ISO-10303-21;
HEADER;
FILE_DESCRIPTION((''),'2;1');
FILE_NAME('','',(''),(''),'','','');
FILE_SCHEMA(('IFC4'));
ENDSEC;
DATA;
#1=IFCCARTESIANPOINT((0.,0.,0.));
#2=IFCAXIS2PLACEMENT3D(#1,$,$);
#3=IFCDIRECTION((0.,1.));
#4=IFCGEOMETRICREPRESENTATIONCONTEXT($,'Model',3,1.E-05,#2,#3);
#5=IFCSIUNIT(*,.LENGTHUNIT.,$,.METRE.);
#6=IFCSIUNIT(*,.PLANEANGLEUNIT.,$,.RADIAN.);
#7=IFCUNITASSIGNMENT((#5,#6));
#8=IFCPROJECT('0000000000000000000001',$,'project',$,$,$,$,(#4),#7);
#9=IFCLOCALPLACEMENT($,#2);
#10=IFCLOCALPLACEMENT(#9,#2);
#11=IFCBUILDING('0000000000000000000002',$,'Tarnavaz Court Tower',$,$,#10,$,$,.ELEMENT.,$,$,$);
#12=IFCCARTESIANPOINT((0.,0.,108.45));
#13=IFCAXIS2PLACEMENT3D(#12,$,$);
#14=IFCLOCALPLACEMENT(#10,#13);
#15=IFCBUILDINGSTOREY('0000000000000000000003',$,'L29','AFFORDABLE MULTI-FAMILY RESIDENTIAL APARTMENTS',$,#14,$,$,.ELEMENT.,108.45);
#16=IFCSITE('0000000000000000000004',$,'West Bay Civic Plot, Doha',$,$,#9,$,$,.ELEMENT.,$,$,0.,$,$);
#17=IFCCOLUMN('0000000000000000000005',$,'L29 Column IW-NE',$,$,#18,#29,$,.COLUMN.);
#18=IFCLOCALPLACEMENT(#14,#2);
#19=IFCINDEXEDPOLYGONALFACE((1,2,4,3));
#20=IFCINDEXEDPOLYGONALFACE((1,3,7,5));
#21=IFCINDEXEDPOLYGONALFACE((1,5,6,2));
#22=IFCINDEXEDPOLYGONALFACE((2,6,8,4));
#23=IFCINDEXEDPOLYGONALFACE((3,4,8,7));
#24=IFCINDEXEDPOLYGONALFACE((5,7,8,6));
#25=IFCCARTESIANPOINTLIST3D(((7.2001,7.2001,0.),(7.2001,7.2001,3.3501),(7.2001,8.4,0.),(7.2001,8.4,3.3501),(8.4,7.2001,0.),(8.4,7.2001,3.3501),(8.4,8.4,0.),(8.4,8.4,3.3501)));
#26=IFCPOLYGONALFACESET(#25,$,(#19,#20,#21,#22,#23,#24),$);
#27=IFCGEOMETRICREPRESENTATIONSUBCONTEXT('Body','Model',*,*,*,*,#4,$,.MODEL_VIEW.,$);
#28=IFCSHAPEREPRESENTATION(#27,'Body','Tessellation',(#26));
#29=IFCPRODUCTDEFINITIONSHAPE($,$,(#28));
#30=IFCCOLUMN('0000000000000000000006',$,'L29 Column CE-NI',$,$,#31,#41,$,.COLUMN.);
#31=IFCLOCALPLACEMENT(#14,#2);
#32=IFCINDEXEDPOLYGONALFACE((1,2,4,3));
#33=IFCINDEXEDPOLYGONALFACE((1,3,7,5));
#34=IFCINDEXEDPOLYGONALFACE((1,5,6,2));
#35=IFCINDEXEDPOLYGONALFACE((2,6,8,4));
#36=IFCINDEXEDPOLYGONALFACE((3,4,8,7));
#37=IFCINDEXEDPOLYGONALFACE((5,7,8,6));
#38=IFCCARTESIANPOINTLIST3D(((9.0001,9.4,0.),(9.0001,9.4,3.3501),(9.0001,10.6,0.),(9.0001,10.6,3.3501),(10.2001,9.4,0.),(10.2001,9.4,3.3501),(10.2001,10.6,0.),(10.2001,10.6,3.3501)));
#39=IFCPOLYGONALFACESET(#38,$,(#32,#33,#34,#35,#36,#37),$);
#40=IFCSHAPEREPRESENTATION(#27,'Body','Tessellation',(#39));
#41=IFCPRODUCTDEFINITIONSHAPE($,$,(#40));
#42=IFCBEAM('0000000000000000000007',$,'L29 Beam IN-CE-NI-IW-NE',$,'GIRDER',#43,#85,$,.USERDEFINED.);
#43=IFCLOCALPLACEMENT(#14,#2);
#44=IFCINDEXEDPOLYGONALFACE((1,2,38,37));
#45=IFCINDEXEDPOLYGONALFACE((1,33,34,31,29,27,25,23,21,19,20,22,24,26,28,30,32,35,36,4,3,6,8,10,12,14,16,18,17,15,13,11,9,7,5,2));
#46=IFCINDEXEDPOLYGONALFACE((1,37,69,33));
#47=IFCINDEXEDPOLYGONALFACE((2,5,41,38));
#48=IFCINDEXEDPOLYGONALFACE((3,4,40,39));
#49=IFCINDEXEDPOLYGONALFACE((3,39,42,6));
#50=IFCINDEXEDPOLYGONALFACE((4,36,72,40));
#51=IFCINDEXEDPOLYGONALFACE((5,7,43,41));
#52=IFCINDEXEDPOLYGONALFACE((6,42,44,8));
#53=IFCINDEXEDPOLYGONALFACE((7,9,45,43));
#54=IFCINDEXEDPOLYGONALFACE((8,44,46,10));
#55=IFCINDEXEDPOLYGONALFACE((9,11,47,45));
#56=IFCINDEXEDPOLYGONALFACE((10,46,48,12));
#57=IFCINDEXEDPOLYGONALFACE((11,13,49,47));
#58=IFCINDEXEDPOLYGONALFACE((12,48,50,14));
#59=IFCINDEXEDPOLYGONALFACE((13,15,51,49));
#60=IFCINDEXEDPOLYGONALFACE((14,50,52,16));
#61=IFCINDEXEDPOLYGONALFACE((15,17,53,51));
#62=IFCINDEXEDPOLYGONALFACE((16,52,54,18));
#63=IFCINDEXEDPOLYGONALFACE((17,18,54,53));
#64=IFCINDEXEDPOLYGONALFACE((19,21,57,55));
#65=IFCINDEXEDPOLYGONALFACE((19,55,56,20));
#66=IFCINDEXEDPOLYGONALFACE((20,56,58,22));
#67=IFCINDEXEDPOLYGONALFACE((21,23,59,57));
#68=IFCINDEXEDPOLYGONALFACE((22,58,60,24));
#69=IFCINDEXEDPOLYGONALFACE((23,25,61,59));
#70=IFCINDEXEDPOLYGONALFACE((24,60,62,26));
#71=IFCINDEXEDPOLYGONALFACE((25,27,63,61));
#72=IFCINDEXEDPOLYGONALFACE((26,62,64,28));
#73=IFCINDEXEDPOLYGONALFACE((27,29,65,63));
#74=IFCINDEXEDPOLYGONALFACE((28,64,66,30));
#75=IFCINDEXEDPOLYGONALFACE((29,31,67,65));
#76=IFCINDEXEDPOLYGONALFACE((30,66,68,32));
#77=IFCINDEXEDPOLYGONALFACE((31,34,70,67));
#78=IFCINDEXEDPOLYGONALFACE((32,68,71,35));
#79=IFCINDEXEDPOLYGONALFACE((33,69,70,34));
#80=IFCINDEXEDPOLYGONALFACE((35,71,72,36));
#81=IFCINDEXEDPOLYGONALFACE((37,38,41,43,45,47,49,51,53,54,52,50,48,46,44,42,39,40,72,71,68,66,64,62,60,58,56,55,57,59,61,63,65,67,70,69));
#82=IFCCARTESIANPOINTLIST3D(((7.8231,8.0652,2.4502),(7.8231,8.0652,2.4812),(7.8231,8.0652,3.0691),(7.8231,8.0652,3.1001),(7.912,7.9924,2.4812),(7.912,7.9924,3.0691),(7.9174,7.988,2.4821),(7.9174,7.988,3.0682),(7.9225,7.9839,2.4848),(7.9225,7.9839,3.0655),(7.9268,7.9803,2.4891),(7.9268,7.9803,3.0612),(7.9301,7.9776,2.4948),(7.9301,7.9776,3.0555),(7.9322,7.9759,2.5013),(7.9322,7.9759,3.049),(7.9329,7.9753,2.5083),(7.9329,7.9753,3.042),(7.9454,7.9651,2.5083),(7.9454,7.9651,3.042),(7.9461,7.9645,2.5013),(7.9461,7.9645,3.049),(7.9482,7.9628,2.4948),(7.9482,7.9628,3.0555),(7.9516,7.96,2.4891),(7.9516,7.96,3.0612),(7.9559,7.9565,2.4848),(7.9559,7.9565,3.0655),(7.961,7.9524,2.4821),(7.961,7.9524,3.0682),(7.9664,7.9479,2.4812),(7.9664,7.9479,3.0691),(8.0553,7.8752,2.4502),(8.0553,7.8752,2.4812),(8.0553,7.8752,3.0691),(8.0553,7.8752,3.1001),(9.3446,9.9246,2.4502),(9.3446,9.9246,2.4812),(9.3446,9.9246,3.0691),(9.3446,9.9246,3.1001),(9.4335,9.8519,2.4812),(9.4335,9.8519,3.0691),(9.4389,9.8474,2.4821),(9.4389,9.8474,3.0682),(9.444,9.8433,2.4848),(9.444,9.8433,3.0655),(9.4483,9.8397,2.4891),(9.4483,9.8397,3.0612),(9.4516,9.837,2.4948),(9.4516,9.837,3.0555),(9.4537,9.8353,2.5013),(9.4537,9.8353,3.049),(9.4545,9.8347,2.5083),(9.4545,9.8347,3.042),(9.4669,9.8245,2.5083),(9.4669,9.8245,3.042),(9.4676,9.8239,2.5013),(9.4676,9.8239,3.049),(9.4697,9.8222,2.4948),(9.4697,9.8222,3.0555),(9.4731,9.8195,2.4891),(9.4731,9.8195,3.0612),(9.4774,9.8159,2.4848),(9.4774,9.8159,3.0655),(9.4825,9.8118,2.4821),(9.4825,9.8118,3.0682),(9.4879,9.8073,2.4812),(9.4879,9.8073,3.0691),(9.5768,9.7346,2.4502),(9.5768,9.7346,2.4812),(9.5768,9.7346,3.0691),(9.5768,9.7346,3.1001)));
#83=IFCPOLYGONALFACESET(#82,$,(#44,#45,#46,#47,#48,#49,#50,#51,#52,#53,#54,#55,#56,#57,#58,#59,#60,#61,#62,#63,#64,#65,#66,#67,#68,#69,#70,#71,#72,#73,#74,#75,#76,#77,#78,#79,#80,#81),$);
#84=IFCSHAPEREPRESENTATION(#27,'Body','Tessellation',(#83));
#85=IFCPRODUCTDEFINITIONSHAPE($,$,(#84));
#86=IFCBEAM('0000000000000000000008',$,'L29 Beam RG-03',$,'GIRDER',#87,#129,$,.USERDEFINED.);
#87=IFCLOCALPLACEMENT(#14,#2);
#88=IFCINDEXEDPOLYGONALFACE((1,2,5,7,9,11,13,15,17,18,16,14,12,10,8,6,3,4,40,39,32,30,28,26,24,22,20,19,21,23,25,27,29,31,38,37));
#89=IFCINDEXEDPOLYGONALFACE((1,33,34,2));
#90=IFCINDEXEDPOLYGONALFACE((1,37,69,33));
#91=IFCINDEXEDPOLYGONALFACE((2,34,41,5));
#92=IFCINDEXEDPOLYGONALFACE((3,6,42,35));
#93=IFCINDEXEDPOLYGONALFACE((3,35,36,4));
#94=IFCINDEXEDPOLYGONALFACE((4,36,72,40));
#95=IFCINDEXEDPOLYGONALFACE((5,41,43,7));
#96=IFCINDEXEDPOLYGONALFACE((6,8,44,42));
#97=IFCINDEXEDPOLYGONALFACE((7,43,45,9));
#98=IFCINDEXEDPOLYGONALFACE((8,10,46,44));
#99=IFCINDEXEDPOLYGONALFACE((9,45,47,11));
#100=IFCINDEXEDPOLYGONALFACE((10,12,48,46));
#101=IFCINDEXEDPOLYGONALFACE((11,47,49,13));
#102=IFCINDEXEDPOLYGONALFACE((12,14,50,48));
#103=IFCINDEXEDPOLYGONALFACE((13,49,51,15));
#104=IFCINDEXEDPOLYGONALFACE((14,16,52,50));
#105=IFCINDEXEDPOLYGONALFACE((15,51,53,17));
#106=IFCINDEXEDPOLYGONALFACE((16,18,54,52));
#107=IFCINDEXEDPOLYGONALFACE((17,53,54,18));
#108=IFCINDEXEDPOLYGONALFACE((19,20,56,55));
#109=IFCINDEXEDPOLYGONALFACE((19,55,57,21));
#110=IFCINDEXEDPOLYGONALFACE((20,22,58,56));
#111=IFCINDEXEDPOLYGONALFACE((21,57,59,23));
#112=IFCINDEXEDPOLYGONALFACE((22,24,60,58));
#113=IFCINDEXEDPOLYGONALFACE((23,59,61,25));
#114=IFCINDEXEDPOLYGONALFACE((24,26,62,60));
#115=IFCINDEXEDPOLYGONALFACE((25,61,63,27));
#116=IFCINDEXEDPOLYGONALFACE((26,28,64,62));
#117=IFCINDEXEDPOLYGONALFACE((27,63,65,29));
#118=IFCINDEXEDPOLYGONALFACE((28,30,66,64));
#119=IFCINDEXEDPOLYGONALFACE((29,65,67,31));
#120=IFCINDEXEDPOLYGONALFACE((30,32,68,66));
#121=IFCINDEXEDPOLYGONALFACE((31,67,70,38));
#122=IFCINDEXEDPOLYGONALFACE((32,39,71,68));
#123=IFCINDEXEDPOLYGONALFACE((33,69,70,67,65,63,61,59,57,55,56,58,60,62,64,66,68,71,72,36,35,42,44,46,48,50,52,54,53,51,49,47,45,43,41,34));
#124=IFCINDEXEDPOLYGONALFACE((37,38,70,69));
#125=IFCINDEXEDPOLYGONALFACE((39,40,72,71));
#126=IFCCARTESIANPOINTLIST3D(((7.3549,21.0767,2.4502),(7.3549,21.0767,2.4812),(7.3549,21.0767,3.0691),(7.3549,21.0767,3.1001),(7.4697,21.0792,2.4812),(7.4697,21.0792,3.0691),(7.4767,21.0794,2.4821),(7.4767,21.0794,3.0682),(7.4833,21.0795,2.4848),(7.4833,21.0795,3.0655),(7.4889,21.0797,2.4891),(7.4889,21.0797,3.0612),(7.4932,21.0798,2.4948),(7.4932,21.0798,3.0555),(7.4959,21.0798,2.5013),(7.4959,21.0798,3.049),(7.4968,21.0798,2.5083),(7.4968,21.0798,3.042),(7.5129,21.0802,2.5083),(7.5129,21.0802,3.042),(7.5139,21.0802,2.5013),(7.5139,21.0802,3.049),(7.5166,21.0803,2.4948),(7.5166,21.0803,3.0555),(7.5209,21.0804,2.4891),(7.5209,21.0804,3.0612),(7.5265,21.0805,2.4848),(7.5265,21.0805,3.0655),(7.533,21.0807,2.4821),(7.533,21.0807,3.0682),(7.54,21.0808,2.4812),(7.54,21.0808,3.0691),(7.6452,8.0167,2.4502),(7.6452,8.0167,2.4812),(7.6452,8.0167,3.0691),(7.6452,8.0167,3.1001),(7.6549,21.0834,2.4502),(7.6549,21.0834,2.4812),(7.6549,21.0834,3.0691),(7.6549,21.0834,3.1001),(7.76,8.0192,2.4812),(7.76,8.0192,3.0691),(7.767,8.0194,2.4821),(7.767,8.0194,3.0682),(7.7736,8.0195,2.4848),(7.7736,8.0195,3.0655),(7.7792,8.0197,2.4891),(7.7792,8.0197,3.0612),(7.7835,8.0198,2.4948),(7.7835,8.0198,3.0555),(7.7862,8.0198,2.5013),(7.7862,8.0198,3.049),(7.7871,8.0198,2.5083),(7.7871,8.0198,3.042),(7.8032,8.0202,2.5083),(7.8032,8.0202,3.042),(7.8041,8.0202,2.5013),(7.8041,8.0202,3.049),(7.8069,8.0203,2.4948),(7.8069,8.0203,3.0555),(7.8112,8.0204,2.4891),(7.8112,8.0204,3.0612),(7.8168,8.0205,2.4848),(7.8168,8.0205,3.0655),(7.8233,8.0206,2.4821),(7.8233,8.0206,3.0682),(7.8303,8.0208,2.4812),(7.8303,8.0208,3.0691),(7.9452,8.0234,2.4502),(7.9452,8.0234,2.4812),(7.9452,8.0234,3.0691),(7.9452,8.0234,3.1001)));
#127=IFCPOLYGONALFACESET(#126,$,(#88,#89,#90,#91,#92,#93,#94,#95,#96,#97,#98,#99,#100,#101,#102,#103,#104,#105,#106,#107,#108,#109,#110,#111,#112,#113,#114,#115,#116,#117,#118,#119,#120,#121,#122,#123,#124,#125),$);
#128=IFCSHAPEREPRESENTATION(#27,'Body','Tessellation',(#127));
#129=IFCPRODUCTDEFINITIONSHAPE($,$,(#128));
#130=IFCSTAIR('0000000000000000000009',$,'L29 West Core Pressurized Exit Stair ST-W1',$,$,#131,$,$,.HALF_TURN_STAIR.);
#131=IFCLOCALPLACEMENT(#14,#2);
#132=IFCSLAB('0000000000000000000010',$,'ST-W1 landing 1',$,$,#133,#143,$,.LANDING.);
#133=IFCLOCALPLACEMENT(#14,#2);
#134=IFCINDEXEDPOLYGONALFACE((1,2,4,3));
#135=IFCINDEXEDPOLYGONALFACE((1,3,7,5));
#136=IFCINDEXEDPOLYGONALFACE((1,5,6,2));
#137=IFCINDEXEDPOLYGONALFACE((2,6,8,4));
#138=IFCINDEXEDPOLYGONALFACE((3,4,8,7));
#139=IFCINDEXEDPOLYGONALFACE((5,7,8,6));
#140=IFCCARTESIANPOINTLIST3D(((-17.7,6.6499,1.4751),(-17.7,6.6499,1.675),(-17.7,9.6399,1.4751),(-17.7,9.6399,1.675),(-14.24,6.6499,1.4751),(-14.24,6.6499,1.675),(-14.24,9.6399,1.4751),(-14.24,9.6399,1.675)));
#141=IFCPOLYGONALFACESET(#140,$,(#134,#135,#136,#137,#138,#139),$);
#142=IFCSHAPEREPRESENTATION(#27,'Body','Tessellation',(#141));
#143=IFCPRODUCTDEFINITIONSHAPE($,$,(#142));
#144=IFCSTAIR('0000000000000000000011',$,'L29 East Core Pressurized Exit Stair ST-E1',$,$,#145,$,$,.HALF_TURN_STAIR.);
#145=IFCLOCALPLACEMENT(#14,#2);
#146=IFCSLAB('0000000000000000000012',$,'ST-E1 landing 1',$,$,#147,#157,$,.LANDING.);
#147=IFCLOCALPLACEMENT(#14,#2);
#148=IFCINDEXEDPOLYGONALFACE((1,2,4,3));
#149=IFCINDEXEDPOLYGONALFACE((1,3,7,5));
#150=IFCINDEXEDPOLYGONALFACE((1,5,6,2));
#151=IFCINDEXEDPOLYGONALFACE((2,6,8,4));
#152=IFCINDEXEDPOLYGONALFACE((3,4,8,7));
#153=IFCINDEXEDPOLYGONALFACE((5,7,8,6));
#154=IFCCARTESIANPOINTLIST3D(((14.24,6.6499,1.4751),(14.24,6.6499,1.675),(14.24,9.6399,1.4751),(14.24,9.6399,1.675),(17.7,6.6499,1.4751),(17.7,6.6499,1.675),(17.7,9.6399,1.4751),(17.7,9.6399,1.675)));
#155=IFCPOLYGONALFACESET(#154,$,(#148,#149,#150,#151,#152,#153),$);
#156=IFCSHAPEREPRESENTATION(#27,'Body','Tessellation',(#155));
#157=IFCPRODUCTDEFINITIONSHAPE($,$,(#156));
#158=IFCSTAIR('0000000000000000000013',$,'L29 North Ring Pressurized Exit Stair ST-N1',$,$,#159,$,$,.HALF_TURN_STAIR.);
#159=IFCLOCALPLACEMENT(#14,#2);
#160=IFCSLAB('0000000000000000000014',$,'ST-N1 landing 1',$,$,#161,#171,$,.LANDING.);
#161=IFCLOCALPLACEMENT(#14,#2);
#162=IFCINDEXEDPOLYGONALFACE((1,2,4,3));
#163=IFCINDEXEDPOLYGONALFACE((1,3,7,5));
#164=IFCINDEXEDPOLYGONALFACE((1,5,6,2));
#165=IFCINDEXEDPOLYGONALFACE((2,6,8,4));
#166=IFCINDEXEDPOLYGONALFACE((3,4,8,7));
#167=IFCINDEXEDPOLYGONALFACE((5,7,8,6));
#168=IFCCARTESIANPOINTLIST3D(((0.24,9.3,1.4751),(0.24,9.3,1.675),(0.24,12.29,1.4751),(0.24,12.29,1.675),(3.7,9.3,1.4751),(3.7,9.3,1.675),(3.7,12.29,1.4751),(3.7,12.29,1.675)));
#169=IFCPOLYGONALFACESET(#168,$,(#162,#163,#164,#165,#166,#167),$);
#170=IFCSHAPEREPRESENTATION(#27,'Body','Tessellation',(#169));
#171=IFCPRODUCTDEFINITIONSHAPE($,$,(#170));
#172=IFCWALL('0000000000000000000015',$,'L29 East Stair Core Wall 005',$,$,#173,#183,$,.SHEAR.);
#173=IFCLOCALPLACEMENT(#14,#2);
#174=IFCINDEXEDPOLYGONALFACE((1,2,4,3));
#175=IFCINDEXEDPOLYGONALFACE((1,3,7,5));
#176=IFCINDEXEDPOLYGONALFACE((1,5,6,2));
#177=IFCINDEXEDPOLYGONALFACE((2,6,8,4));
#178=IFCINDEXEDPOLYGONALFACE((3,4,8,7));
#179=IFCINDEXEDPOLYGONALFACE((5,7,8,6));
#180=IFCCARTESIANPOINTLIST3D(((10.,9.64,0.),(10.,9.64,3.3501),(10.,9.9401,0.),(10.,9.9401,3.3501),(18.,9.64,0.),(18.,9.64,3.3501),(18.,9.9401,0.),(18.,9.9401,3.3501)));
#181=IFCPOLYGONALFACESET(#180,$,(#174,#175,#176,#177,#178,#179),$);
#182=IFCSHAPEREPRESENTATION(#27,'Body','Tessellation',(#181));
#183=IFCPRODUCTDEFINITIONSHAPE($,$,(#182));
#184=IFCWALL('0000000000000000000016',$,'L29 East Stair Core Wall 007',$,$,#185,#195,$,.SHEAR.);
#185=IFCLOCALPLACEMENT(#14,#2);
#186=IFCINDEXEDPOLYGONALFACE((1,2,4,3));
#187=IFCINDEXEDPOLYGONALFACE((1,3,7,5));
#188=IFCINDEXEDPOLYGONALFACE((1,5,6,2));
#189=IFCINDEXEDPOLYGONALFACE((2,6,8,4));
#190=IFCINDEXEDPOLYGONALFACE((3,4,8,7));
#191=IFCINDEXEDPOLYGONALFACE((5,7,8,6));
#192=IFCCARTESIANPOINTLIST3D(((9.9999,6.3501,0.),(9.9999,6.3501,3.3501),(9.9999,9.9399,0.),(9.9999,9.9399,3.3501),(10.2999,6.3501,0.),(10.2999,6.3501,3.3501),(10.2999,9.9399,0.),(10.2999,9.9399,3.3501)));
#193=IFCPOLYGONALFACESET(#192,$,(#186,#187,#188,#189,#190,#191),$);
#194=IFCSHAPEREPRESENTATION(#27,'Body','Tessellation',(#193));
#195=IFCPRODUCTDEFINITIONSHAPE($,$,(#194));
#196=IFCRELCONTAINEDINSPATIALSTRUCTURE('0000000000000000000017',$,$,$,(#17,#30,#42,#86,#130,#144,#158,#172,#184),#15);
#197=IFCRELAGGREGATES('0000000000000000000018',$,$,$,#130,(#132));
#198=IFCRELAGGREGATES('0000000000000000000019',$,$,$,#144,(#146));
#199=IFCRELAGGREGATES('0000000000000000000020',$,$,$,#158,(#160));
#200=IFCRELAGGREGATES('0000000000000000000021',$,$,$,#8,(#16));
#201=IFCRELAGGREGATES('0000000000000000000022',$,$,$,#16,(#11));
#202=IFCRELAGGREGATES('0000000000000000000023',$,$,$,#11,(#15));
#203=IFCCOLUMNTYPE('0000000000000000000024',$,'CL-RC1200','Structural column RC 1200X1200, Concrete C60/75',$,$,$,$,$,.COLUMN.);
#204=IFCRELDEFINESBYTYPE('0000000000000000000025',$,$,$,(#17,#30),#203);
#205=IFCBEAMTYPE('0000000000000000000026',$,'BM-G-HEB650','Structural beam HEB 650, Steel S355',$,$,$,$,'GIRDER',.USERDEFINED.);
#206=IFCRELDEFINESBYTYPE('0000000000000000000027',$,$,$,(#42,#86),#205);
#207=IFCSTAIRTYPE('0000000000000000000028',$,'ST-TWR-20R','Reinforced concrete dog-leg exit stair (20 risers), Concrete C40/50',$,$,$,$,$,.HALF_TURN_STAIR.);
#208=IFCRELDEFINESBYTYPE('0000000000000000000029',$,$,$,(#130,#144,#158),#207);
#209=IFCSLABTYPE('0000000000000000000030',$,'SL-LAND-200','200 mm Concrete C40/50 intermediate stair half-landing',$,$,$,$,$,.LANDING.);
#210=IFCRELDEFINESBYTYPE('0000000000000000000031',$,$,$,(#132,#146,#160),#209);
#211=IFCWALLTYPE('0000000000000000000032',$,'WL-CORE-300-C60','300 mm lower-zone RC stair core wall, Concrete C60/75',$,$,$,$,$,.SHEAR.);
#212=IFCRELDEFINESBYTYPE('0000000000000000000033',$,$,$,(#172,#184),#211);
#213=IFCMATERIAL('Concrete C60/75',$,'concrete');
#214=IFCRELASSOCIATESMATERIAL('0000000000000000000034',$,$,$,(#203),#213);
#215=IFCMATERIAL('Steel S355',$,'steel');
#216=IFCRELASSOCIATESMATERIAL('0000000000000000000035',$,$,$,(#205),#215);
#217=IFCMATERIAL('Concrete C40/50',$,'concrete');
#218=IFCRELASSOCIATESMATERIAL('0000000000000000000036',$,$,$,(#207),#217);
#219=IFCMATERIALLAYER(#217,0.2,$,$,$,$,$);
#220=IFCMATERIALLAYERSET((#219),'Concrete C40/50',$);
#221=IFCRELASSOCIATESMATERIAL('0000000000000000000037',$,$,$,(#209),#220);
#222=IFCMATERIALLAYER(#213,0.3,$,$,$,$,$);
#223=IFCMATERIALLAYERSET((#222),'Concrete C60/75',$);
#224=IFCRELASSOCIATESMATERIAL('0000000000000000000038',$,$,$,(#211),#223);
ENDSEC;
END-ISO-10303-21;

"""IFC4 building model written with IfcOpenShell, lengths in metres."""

from ifc_helpers import new_model, si_unit, direction, frame, frame_2d, origin, origin_2d, place, context, subcontext, project, spatial, polyline, rectangle, i_section, outline, extrude, material, layer, layer_set, material_profile, profile_set, type_object, element, aggregate, save


model = new_model("IFC4")

# Units and contexts
model_context = context("Model", 3, precision=1e-05, world=origin(), true_north=direction((0.0, 1.0)))
body_context = subcontext(model_context, "Body", "Model", "MODEL_VIEW")
ifc_project = project(units=[si_unit("LENGTHUNIT", "METRE"), si_unit("PLANEANGLEUNIT", "RADIAN")], contexts=[model_context])

# Site, building, storey
site_placement = place(None, origin())
site = spatial("IfcSite", under=ifc_project, at=site_placement, Name="West Bay Civic Plot, Doha", CompositionType="ELEMENT", RefElevation=0.0)
building_placement = place(site_placement, origin())
building = spatial("IfcBuilding", under=site, at=building_placement, Name="Tarnavaz Court Tower", CompositionType="ELEMENT")
storey_placement = place(building_placement, frame((0.0, 0.0, 108.45)))
storey = spatial("IfcBuildingStorey", under=building, at=storey_placement, Name="L29", Description="AFFORDABLE MULTI-FAMILY RESIDENTIAL APARTMENTS", CompositionType="ELEMENT", Elevation=108.45)

# Columns
ifc_material_1 = material(Name="Concrete C60/75", Category="concrete")
ifc_material_profile_1 = material_profile(ifc_material_1, rectangle(XDim=1.2, YDim=1.2, at=origin_2d()), Name="RC 1200X1200")
ifc_profile_set_1 = profile_set([ifc_material_profile_1], Name="Concrete C60/75")
column_type = type_object("IfcColumnType", Name="CL-RC1200", Description="Structural column RC 1200X1200, Concrete C60/75", PredefinedType="COLUMN", material=ifc_profile_set_1)
for number, where, z_axis, x_axis, name in (
    (1, (7.8, 7.8, 0.0), (0.0, 0.0, 1.0), (1.0, 0.0, 0.0), "L29 Column IW-NE"),
    (2, (9.6001, 10.0, 0.0), (0.0, 0.0, 1.0), (1.0, 0.0, 0.0), "L29 Column CE-NI"),
):
    element("IfcColumn", number, at=place(storey_placement, frame(where, z_axis=z_axis, x_axis=x_axis)), inside=storey, type_object=column_type, Name=name, PredefinedType="COLUMN", context=body_context, shape_type="SweptSolid", body=[
        extrude(rectangle(XDim=1.2, YDim=1.2, at=origin_2d()), origin(), (0.0, 0.0, 1.0), 3.3501),
    ])

# Beams
ifc_material_2 = material(Name="Steel S355", Category="steel")
ifc_material_profile_2 = material_profile(ifc_material_2, i_section(OverallWidth=0.3, OverallDepth=0.6499, WebThickness=0.0161, FlangeThickness=0.031, FilletRadius=0.0271, at=origin_2d()), Name="HEB 650")
ifc_profile_set_2 = profile_set([ifc_material_profile_2], Name="Steel S355")
beam_type = type_object("IfcBeamType", Name="BM-G-HEB650", Description="Structural beam HEB 650, Steel S355", ElementType="GIRDER", PredefinedType="USERDEFINED", material=ifc_profile_set_2)
beam_1_placement = place(storey_placement, frame((9.4607, 9.8296, 2.7751), z_axis=(-0.633282, -0.773921, 0.0), x_axis=(0.773921, -0.633282, 0.0)))
element("IfcBeam", 3, at=beam_1_placement, inside=storey, type_object=beam_type, Name="L29 Beam IN-CE-NI-IW-NE", ObjectType="GIRDER", PredefinedType="USERDEFINED", context=body_context, shape_type="SweptSolid", body=[
    extrude(i_section(OverallWidth=0.3, OverallDepth=0.6499, WebThickness=0.0161, FlangeThickness=0.031, FilletRadius=0.0271, at=origin_2d()), origin(), (0.0, 0.0, 1.0), 2.4026),
])
beam_2_placement = place(storey_placement, frame((7.7952, 8.02, 2.7751), z_axis=(-0.022221, 0.999753, 0.0), x_axis=(-0.999753, -0.022221, 0.0)))
element("IfcBeam", 4, at=beam_2_placement, inside=storey, type_object=beam_type, Name="L29 Beam RG-03", ObjectType="GIRDER", PredefinedType="USERDEFINED", context=body_context, shape_type="SweptSolid", body=[
    extrude(i_section(OverallWidth=0.3, OverallDepth=0.6499, WebThickness=0.0161, FlangeThickness=0.031, FilletRadius=0.0271, at=origin_2d()), origin(), (0.0, 0.0, 1.0), 13.0632),
])

# Stairs, slabs
ifc_material_3 = material(Name="Concrete C40/50", Category="concrete")
stair_type = type_object("IfcStairType", Name="ST-TWR-20R", Description="Reinforced concrete dog-leg exit stair (20 risers), Concrete C40/50", PredefinedType="HALF_TURN_STAIR", material=ifc_material_3)
stair_1_placement = place(storey_placement, origin())
stair_1 = element("IfcStair", 5, at=stair_1_placement, inside=storey, type_object=stair_type, Name="L29 West Core Pressurized Exit Stair ST-W1", PredefinedType="HALF_TURN_STAIR")
ifc_layer_1 = layer(ifc_material_3, 0.2)
ifc_layer_set_1 = layer_set([ifc_layer_1], Name="Concrete C40/50")
slab_type = type_object("IfcSlabType", Name="SL-LAND-200", Description="200 mm Concrete C40/50 intermediate stair half-landing", PredefinedType="LANDING", material=ifc_layer_set_1)
slab_1_placement = place(storey_placement, frame((0.0, 0.0, 1.4751)))
slab_1 = element("IfcSlab", 6, at=slab_1_placement, type_object=slab_type, Name="ST-W1 landing 1", PredefinedType="LANDING", context=body_context, shape_type="SweptSolid", body=[
    extrude(outline(polyline([(-14.24, 9.6399), (-17.7, 9.6399), (-17.7, 6.6499), (-14.24, 6.6499), (-14.24, 9.6399)])), origin(), (0.0, 0.0, 1.0), 0.2),
])
aggregate(stair_1, [slab_1])
stair_2_placement = place(storey_placement, origin())
stair_2 = element("IfcStair", 7, at=stair_2_placement, inside=storey, type_object=stair_type, Name="L29 East Core Pressurized Exit Stair ST-E1", PredefinedType="HALF_TURN_STAIR")
slab_2_placement = place(storey_placement, frame((0.0, 0.0, 1.4751)))
slab_2 = element("IfcSlab", 8, at=slab_2_placement, type_object=slab_type, Name="ST-E1 landing 1", PredefinedType="LANDING", context=body_context, shape_type="SweptSolid", body=[
    extrude(outline(polyline([(14.24, 6.6499), (17.7, 6.6499), (17.7, 9.6399), (14.24, 9.6399), (14.24, 6.6499)])), origin(), (0.0, 0.0, 1.0), 0.2),
])
aggregate(stair_2, [slab_2])
stair_3_placement = place(storey_placement, origin())
stair_3 = element("IfcStair", 9, at=stair_3_placement, inside=storey, type_object=stair_type, Name="L29 North Ring Pressurized Exit Stair ST-N1", PredefinedType="HALF_TURN_STAIR")
slab_3_placement = place(storey_placement, frame((0.0, 0.0, 1.4751)))
slab_3 = element("IfcSlab", 10, at=slab_3_placement, type_object=slab_type, Name="ST-N1 landing 1", PredefinedType="LANDING", context=body_context, shape_type="SweptSolid", body=[
    extrude(outline(polyline([(0.24, 9.3), (3.7, 9.3), (3.7, 12.29), (0.24, 12.29), (0.24, 9.3)])), origin(), (0.0, 0.0, 1.0), 0.2),
])

# Wall
ifc_layer_2 = layer(ifc_material_1, 0.3)
ifc_layer_set_2 = layer_set([ifc_layer_2], Name="Concrete C60/75")
wall_type_1 = type_object("IfcWallType", Name="WL-CORE-300-C60", Description="300 mm lower-zone RC stair core wall, Concrete C60/75", PredefinedType="SHEAR", material=ifc_layer_set_2)
wall_1_placement = place(storey_placement, frame((10.0, 9.79, 0.0), z_axis=(0.0, 0.0, 1.0), x_axis=(1.0, 0.0, 0.0)))
element("IfcWall", 11, at=wall_1_placement, inside=storey, type_object=wall_type_1, Name="L29 East Stair Core Wall 005", PredefinedType="SHEAR", context=body_context, shape_type="SweptSolid", body=[
    extrude(rectangle(XDim=8.0, YDim=0.3, at=frame_2d((4.0, 0.0))), origin(), (0.0, 0.0, 1.0), 3.3501),
])

# Wall
wall_2_placement = place(storey_placement, frame((10.1499, 6.3501, 0.0), z_axis=(0.0, 0.0, 1.0), x_axis=(0.0, 1.0, 0.0)))
element("IfcWall", 12, at=wall_2_placement, inside=storey, type_object=wall_type_1, Name="L29 East Stair Core Wall 007", PredefinedType="SHEAR", context=body_context, shape_type="SweptSolid", body=[
    extrude(rectangle(XDim=3.5898, YDim=0.3, at=frame_2d((1.7949, 0.0))), origin(), (0.0, 0.0, 1.0), 3.3501),
])

aggregate(stair_3, [slab_3])

save(model, "model.ifc")
